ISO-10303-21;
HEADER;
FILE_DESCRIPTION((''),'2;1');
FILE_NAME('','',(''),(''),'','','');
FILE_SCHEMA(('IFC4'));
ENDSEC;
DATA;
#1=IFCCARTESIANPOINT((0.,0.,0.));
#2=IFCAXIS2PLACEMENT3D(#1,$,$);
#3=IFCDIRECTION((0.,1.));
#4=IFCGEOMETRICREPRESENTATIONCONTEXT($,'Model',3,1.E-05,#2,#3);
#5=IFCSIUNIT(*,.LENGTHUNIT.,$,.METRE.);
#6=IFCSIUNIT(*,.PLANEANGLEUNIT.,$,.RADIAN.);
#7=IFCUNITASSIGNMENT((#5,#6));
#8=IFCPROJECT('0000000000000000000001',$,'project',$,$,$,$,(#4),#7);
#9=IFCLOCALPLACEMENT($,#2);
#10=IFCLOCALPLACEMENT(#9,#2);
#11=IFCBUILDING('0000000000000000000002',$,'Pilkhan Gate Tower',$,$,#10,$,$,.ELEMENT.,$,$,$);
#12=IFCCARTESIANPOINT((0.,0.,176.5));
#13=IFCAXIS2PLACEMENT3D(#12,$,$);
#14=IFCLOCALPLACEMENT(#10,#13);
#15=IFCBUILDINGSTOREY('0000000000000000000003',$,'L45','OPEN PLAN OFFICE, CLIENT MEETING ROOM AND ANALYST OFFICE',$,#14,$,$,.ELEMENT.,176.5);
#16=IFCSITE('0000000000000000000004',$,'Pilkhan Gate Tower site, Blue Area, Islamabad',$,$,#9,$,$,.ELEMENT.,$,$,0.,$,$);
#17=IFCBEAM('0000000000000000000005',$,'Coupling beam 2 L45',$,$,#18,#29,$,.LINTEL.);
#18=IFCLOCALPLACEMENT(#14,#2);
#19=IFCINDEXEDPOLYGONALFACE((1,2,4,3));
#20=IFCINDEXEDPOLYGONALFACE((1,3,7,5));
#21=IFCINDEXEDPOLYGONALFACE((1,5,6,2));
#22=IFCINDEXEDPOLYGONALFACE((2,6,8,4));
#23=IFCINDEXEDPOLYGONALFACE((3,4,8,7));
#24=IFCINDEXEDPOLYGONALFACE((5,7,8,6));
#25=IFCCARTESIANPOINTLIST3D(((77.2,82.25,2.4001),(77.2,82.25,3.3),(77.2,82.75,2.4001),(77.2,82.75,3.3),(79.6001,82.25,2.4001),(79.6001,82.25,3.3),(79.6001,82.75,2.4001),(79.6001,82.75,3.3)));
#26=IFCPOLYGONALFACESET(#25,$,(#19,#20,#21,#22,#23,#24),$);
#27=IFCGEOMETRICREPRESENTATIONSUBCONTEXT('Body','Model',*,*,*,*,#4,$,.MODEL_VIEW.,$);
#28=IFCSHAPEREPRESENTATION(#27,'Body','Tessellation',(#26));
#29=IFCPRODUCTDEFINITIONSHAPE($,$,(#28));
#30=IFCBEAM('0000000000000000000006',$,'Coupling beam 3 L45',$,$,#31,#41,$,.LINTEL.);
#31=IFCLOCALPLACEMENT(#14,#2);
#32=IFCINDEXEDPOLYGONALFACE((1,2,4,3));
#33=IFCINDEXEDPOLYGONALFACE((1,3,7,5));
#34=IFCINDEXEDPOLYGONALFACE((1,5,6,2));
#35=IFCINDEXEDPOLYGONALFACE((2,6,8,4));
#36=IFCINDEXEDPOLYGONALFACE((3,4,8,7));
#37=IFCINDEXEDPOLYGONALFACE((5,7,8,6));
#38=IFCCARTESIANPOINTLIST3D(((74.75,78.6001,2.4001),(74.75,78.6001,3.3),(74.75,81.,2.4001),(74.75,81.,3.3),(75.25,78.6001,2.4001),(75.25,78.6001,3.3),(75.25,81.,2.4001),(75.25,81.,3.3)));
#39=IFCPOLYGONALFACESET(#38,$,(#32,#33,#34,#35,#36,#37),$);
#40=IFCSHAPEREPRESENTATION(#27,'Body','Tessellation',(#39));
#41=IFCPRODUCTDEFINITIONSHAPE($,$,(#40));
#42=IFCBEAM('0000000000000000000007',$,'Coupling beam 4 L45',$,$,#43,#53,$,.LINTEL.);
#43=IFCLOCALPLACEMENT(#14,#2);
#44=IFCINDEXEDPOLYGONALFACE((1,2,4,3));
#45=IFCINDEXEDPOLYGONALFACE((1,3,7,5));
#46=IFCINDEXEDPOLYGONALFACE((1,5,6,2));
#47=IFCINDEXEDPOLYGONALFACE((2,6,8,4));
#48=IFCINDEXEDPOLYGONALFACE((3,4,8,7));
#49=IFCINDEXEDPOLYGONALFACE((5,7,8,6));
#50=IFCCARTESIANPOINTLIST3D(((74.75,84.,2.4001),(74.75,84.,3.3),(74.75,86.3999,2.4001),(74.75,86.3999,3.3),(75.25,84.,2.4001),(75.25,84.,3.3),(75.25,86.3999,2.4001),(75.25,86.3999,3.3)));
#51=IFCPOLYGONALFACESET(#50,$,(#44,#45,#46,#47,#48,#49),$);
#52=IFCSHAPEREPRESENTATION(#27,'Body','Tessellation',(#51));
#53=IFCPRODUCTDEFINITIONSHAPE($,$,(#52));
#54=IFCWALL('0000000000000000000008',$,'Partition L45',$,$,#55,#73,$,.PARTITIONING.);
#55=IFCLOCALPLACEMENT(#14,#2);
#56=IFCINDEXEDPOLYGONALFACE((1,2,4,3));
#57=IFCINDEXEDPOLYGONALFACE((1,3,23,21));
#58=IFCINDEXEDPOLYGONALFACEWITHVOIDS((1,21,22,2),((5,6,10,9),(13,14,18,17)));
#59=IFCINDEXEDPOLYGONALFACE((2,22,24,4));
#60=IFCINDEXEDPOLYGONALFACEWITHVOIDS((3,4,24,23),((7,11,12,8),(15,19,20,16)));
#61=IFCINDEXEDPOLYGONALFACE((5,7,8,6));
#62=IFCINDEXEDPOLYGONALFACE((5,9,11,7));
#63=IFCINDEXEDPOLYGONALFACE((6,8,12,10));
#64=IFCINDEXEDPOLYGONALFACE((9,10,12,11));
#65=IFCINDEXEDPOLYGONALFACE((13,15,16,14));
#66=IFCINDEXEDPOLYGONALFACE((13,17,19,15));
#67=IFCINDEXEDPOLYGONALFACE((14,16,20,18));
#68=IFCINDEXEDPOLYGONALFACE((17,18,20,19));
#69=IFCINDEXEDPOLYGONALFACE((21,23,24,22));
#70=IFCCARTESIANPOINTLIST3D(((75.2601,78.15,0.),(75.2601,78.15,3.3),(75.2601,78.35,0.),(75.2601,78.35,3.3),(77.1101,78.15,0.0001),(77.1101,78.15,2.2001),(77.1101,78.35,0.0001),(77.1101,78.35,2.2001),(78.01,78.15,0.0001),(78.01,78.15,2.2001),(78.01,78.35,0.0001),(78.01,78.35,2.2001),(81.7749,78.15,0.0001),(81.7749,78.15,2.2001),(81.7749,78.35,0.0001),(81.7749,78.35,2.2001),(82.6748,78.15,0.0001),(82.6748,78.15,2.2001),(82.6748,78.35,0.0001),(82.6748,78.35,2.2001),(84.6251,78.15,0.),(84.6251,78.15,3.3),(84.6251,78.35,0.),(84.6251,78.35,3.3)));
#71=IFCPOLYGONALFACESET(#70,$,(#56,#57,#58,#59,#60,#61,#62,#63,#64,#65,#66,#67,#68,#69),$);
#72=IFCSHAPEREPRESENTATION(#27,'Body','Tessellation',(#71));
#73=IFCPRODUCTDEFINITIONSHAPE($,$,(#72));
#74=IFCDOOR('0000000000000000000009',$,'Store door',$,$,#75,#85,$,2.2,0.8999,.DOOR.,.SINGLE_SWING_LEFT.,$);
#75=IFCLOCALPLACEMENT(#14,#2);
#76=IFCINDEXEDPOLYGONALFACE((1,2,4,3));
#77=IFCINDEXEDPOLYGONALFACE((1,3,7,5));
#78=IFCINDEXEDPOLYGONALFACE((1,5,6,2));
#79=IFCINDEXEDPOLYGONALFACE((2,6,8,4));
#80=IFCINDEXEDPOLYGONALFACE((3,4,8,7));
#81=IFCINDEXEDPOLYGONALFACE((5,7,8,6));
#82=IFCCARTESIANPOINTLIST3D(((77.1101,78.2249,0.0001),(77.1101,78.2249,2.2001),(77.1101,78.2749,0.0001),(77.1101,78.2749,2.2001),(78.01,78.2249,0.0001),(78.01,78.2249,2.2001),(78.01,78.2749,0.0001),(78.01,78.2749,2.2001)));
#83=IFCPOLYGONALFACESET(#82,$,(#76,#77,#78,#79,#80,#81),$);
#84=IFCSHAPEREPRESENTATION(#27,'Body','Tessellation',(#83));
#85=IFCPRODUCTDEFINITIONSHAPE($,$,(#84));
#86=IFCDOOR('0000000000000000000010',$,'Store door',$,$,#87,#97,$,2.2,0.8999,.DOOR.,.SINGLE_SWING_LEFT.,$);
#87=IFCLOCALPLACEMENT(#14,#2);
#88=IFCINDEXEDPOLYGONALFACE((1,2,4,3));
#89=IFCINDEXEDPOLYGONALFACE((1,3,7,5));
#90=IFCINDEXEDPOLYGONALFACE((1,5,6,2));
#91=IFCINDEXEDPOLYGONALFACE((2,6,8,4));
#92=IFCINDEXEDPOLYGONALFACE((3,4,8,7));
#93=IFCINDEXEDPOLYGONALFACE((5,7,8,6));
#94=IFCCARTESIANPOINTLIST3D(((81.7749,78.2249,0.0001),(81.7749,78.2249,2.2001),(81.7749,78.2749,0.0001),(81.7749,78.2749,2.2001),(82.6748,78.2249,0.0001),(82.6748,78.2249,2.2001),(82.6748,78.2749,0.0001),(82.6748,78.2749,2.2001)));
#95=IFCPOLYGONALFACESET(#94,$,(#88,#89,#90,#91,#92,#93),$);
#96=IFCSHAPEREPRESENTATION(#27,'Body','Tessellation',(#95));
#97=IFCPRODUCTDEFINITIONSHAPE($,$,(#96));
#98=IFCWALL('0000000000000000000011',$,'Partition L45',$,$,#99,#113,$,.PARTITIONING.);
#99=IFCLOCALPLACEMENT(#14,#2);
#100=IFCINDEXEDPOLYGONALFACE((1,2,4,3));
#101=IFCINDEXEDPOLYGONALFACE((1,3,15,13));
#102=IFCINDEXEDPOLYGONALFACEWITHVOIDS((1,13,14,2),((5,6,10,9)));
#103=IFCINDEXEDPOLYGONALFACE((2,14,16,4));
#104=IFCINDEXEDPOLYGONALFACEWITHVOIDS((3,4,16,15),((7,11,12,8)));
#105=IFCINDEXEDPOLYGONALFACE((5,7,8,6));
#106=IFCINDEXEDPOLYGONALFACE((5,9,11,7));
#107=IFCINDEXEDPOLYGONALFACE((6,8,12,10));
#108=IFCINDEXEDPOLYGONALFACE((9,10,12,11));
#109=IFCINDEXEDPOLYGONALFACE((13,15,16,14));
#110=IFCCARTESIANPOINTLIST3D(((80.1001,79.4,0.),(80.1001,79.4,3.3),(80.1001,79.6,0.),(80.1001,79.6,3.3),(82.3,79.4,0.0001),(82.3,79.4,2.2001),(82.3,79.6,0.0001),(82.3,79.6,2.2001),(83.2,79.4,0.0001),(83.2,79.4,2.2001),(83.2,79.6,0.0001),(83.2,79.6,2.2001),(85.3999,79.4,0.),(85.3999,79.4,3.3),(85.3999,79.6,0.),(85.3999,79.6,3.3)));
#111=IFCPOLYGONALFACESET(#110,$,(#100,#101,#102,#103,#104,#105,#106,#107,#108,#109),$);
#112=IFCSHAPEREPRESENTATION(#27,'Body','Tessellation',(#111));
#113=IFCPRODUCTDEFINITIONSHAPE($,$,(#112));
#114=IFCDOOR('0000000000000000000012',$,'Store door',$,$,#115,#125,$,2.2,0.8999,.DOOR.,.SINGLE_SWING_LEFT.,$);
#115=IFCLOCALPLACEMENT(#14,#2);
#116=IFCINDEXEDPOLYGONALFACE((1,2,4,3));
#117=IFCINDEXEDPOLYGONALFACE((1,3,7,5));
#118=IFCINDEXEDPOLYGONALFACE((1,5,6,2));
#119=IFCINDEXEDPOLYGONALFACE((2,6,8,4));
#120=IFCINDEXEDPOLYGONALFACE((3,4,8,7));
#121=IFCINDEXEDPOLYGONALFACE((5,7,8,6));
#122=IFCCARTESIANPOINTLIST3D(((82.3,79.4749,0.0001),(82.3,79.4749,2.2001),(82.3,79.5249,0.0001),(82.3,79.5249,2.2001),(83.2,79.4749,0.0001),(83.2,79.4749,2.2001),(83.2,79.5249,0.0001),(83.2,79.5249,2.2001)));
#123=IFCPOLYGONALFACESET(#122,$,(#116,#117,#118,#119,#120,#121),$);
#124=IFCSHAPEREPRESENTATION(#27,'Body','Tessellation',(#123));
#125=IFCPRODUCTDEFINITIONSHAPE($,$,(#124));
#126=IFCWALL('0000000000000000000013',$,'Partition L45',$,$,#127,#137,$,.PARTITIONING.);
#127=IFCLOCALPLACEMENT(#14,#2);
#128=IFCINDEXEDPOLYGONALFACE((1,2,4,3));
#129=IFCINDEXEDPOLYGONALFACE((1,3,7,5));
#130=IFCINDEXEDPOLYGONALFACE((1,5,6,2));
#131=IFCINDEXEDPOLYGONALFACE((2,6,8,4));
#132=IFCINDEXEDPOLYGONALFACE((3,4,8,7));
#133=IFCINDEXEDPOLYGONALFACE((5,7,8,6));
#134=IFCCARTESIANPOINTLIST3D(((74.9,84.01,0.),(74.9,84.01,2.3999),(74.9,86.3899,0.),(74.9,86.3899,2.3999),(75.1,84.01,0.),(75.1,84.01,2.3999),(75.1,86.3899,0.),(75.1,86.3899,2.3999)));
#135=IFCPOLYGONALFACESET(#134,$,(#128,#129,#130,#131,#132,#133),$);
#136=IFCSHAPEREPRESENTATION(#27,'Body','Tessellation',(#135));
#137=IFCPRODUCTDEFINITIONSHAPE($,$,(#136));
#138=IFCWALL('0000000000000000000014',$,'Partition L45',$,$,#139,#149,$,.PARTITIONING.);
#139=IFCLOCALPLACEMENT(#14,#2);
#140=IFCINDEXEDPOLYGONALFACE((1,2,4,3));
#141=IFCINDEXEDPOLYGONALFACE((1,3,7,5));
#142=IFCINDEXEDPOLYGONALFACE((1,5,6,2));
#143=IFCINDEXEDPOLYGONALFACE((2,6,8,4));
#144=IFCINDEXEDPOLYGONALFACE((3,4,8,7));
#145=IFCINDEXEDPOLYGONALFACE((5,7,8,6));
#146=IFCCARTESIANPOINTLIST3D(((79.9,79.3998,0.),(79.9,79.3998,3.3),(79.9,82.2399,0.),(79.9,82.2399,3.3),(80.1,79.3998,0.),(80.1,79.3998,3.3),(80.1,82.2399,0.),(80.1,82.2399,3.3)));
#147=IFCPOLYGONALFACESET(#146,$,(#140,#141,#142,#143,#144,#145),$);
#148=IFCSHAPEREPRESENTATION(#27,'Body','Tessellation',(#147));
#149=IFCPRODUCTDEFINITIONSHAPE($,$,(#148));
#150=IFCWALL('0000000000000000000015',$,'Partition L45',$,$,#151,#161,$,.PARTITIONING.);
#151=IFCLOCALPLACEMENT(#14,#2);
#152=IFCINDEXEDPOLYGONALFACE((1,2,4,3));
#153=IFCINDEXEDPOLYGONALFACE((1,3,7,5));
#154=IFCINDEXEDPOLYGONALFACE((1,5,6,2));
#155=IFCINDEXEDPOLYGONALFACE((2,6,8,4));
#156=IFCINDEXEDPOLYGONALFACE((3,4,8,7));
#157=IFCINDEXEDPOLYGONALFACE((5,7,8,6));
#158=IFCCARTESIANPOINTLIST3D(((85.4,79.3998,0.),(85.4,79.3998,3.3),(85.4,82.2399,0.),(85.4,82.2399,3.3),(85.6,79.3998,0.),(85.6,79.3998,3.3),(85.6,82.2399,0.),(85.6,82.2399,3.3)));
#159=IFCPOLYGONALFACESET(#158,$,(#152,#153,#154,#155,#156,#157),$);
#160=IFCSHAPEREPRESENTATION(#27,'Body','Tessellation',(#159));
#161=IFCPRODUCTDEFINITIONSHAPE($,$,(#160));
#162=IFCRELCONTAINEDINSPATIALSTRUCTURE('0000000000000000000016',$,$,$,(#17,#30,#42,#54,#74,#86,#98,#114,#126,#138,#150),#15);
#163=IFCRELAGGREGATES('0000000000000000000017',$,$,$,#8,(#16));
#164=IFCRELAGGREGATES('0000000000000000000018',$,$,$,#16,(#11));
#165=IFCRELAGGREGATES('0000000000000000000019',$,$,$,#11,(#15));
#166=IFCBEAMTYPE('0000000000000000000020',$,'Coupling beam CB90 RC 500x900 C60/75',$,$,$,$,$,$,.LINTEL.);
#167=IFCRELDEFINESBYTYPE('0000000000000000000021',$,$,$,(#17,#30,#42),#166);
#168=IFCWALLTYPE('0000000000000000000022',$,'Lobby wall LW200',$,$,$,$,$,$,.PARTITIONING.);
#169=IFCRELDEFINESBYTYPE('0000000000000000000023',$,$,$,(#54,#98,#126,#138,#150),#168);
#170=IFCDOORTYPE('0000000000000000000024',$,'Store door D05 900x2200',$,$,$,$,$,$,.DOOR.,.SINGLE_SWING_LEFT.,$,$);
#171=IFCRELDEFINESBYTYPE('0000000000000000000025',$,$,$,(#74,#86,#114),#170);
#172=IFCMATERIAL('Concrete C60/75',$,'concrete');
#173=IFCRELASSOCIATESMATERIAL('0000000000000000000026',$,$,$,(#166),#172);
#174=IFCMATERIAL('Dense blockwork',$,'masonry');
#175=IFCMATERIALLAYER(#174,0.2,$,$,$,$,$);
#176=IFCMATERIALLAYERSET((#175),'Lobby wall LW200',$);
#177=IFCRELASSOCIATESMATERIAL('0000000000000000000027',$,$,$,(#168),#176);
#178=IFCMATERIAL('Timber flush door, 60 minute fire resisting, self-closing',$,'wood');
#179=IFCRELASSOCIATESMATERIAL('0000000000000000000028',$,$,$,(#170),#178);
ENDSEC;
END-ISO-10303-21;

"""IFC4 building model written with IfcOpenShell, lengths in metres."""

from ifc_helpers import new_model, si_unit, direction, frame, frame_2d, origin, origin_2d, place, context, subcontext, project, spatial, rectangle, extrude, material, layer, layer_set, material_profile, profile_set, type_object, element, fill, save


model = new_model("IFC4")

# Units and contexts
model_context = context("Model", 3, precision=1e-05, world=origin(), true_north=direction((0.0, 1.0)))
body_context = subcontext(model_context, "Body", "Model", "MODEL_VIEW")
ifc_project = project(units=[si_unit("LENGTHUNIT", "METRE"), si_unit("PLANEANGLEUNIT", "RADIAN")], contexts=[model_context])

# Site, building, storey
site_placement = place(None, origin())
site = spatial("IfcSite", under=ifc_project, at=site_placement, Name="Pilkhan Gate Tower site, Blue Area, Islamabad", CompositionType="ELEMENT", RefElevation=0.0)
building_placement = place(site_placement, origin())
building = spatial("IfcBuilding", under=site, at=building_placement, Name="Pilkhan Gate Tower", CompositionType="ELEMENT")
storey_placement = place(building_placement, frame((0.0, 0.0, 176.5)))
storey = spatial("IfcBuildingStorey", under=building, at=storey_placement, Name="L45", Description="OPEN PLAN OFFICE, CLIENT MEETING ROOM AND ANALYST OFFICE", CompositionType="ELEMENT", Elevation=176.5)

# Beams
ifc_material_1 = material(Name="Concrete C60/75", Category="concrete")
ifc_material_profile = material_profile(ifc_material_1, rectangle(XDim=0.5, YDim=0.8999, at=origin_2d()), Name="RC 500x900")
ifc_profile_set = profile_set([ifc_material_profile], Name="Concrete C60/75")
beam_type = type_object("IfcBeamType", Name="Coupling beam CB90 RC 500x900 C60/75", PredefinedType="LINTEL", material=ifc_profile_set)
beam_placement = place(storey_placement, frame((77.2, 82.5, 2.8501), z_axis=(1.0, 0.0, 0.0), x_axis=(0.0, 1.0, 0.0)))
element("IfcBeam", 1, at=beam_placement, inside=storey, type_object=beam_type, Name="Coupling beam 2 L45", PredefinedType="LINTEL", context=body_context, shape_type="SweptSolid", body=[
    extrude(rectangle(XDim=0.5, YDim=0.8999, at=origin_2d()), origin(), (0.0, 0.0, 1.0), 2.4001),
])
for number, where, z_axis, x_axis, name in (
    (2, (75.0, 78.6001, 2.8501), (0.0, 1.0, 0.0), (-1.0, 0.0, 0.0), "Coupling beam 3 L45"),
    (3, (75.0, 84.0, 2.8501), (0.0, 1.0, 0.0), (-1.0, 0.0, 0.0), "Coupling beam 4 L45"),
):
    element("IfcBeam", number, at=place(storey_placement, frame(where, z_axis=z_axis, x_axis=x_axis)), inside=storey, type_object=beam_type, Name=name, PredefinedType="LINTEL", context=body_context, shape_type="SweptSolid", body=[
        extrude(rectangle(XDim=0.5, YDim=0.8999, at=origin_2d()), origin(), (0.0, 0.0, 1.0), 2.3999),
    ])

# Wall, openings, doors
ifc_material_2 = material(Name="Dense blockwork", Category="masonry")
ifc_layer_1 = layer(ifc_material_2, 0.2)
ifc_layer_set_1 = layer_set([ifc_layer_1], Name="Lobby wall LW200")
wall_type_1 = type_object("IfcWallType", Name="Lobby wall LW200", PredefinedType="PARTITIONING", material=ifc_layer_set_1)
wall_1_placement = place(storey_placement, frame((75.26, 78.25, 0.0), z_axis=(0.0, 0.0, 1.0), x_axis=(1.0, 0.0, 0.0)))
wall_1 = element("IfcWall", 4, at=wall_1_placement, inside=storey, type_object=wall_type_1, Name="Partition L45", PredefinedType="PARTITIONING", context=body_context, shape_type="SweptSolid", body=[
    extrude(rectangle(XDim=9.365, YDim=0.2, at=frame_2d((4.6826, 0.0))), origin(), (0.0, 0.0, 1.0), 3.3),
])
opening_1_placement = place(wall_1_placement, frame((1.8501, 0.0, 0.0)))
opening_1 = element("IfcOpeningElement", 5, at=opening_1_placement, cuts=wall_1, PredefinedType="OPENING", context=body_context, shape_type="SweptSolid", body=[
    extrude(rectangle(XDim=0.8999, YDim=2.2, at=frame_2d((0.45, 1.1001))), frame((0.0, 0.1099, 0.0), z_axis=(0.0, -1.0, 0.0), x_axis=(1.0, 0.0, 0.0)), (0.0, 0.0, 1.0), 0.22),
])
opening_2_placement = place(wall_1_placement, frame((6.5149, 0.0, 0.0)))
opening_2 = element("IfcOpeningElement", 6, at=opening_2_placement, cuts=wall_1, PredefinedType="OPENING", context=body_context, shape_type="SweptSolid", body=[
    extrude(rectangle(XDim=0.8999, YDim=2.2, at=frame_2d((0.45, 1.1001))), frame((0.0, 0.1099, 0.0), z_axis=(0.0, -1.0, 0.0), x_axis=(1.0, 0.0, 0.0)), (0.0, 0.0, 1.0), 0.22),
])
ifc_material_3 = material(Name="Timber flush door, 60 minute fire resisting, self-closing", Category="wood")
door_type_1 = type_object("IfcDoorType", Name="Store door D05 900x2200", OperationType="SINGLE_SWING_LEFT", PredefinedType="DOOR", material=ifc_material_3)
door_1_placement = place(opening_1_placement, origin())
door_1 = element("IfcDoor", 7, at=door_1_placement, inside=storey, type_object=door_type_1, Name="Store door", OperationType="SINGLE_SWING_LEFT", OverallHeight=2.2, OverallWidth=0.8999, PredefinedType="DOOR", context=body_context, shape_type="SweptSolid", body=[
    extrude(rectangle(XDim=0.8999, YDim=2.2, at=frame_2d((0.45, 1.1001))), frame((0.0, 0.0249, 0.0), z_axis=(0.0, -1.0, 0.0), x_axis=(1.0, 0.0, 0.0)), (0.0, 0.0, 1.0), 0.05),
])
fill(opening_1, door_1)
door_2_placement = place(opening_2_placement, origin())
door_2 = element("IfcDoor", 8, at=door_2_placement, inside=storey, type_object=door_type_1, Name="Store door", OperationType="SINGLE_SWING_LEFT", OverallHeight=2.2, OverallWidth=0.8999, PredefinedType="DOOR", context=body_context, shape_type="SweptSolid", body=[
    extrude(rectangle(XDim=0.8999, YDim=2.2, at=frame_2d((0.45, 1.1001))), frame((0.0, 0.0249, 0.0), z_axis=(0.0, -1.0, 0.0), x_axis=(1.0, 0.0, 0.0)), (0.0, 0.0, 1.0), 0.05),
])
fill(opening_2, door_2)

# Wall, opening, door
wall_2_placement = place(storey_placement, frame((80.1001, 79.5, 0.0), z_axis=(0.0, 0.0, 1.0), x_axis=(1.0, 0.0, 0.0)))
wall_2 = element("IfcWall", 9, at=wall_2_placement, inside=storey, type_object=wall_type_1, Name="Partition L45", PredefinedType="PARTITIONING", context=body_context, shape_type="SweptSolid", body=[
    extrude(rectangle(XDim=5.2998, YDim=0.2, at=frame_2d((2.6499, 0.0))), origin(), (0.0, 0.0, 1.0), 3.3),
])
opening_3_placement = place(wall_2_placement, frame((2.2, 0.0, 0.0)))
opening_3 = element("IfcOpeningElement", 10, at=opening_3_placement, cuts=wall_2, PredefinedType="OPENING", context=body_context, shape_type="SweptSolid", body=[
    extrude(rectangle(XDim=0.8999, YDim=2.2, at=frame_2d((0.45, 1.1001))), frame((0.0, 0.1099, 0.0), z_axis=(0.0, -1.0, 0.0), x_axis=(1.0, 0.0, 0.0)), (0.0, 0.0, 1.0), 0.22),
])
door_3_placement = place(opening_3_placement, origin())
door_3 = element("IfcDoor", 11, at=door_3_placement, inside=storey, type_object=door_type_1, Name="Store door", OperationType="SINGLE_SWING_LEFT", OverallHeight=2.2, OverallWidth=0.8999, PredefinedType="DOOR", context=body_context, shape_type="SweptSolid", body=[
    extrude(rectangle(XDim=0.8999, YDim=2.2, at=frame_2d((0.45, 1.1001))), frame((0.0, 0.0249, 0.0), z_axis=(0.0, -1.0, 0.0), x_axis=(1.0, 0.0, 0.0)), (0.0, 0.0, 1.0), 0.05),
])
fill(opening_3, door_3)

# Walls
wall_3_placement = place(storey_placement, frame((75.0, 84.01, 0.0), z_axis=(0.0, 0.0, 1.0), x_axis=(0.0, 1.0, 0.0)))
element("IfcWall", 12, at=wall_3_placement, inside=storey, type_object=wall_type_1, Name="Partition L45", PredefinedType="PARTITIONING", context=body_context, shape_type="SweptSolid", body=[
    extrude(rectangle(XDim=2.3799, YDim=0.2, at=frame_2d((1.1899, 0.0))), origin(), (0.0, 0.0, 1.0), 2.3999),
])
for number, where, z_axis, x_axis, name in (
    (13, (80.0, 79.3999, 0.0), (0.0, 0.0, 1.0), (0.0, 1.0, 0.0), "Partition L45"),
    (14, (85.5, 79.3999, 0.0), (0.0, 0.0, 1.0), (0.0, 1.0, 0.0), "Partition L45"),
):
    element("IfcWall", number, at=place(storey_placement, frame(where, z_axis=z_axis, x_axis=x_axis)), inside=storey, type_object=wall_type_1, Name=name, PredefinedType="PARTITIONING", context=body_context, shape_type="SweptSolid", body=[
        extrude(rectangle(XDim=2.8401, YDim=0.2, at=frame_2d((1.4199, 0.0))), origin(), (0.0, 0.0, 1.0), 3.3),
    ])

save(model, "model.ifc")
